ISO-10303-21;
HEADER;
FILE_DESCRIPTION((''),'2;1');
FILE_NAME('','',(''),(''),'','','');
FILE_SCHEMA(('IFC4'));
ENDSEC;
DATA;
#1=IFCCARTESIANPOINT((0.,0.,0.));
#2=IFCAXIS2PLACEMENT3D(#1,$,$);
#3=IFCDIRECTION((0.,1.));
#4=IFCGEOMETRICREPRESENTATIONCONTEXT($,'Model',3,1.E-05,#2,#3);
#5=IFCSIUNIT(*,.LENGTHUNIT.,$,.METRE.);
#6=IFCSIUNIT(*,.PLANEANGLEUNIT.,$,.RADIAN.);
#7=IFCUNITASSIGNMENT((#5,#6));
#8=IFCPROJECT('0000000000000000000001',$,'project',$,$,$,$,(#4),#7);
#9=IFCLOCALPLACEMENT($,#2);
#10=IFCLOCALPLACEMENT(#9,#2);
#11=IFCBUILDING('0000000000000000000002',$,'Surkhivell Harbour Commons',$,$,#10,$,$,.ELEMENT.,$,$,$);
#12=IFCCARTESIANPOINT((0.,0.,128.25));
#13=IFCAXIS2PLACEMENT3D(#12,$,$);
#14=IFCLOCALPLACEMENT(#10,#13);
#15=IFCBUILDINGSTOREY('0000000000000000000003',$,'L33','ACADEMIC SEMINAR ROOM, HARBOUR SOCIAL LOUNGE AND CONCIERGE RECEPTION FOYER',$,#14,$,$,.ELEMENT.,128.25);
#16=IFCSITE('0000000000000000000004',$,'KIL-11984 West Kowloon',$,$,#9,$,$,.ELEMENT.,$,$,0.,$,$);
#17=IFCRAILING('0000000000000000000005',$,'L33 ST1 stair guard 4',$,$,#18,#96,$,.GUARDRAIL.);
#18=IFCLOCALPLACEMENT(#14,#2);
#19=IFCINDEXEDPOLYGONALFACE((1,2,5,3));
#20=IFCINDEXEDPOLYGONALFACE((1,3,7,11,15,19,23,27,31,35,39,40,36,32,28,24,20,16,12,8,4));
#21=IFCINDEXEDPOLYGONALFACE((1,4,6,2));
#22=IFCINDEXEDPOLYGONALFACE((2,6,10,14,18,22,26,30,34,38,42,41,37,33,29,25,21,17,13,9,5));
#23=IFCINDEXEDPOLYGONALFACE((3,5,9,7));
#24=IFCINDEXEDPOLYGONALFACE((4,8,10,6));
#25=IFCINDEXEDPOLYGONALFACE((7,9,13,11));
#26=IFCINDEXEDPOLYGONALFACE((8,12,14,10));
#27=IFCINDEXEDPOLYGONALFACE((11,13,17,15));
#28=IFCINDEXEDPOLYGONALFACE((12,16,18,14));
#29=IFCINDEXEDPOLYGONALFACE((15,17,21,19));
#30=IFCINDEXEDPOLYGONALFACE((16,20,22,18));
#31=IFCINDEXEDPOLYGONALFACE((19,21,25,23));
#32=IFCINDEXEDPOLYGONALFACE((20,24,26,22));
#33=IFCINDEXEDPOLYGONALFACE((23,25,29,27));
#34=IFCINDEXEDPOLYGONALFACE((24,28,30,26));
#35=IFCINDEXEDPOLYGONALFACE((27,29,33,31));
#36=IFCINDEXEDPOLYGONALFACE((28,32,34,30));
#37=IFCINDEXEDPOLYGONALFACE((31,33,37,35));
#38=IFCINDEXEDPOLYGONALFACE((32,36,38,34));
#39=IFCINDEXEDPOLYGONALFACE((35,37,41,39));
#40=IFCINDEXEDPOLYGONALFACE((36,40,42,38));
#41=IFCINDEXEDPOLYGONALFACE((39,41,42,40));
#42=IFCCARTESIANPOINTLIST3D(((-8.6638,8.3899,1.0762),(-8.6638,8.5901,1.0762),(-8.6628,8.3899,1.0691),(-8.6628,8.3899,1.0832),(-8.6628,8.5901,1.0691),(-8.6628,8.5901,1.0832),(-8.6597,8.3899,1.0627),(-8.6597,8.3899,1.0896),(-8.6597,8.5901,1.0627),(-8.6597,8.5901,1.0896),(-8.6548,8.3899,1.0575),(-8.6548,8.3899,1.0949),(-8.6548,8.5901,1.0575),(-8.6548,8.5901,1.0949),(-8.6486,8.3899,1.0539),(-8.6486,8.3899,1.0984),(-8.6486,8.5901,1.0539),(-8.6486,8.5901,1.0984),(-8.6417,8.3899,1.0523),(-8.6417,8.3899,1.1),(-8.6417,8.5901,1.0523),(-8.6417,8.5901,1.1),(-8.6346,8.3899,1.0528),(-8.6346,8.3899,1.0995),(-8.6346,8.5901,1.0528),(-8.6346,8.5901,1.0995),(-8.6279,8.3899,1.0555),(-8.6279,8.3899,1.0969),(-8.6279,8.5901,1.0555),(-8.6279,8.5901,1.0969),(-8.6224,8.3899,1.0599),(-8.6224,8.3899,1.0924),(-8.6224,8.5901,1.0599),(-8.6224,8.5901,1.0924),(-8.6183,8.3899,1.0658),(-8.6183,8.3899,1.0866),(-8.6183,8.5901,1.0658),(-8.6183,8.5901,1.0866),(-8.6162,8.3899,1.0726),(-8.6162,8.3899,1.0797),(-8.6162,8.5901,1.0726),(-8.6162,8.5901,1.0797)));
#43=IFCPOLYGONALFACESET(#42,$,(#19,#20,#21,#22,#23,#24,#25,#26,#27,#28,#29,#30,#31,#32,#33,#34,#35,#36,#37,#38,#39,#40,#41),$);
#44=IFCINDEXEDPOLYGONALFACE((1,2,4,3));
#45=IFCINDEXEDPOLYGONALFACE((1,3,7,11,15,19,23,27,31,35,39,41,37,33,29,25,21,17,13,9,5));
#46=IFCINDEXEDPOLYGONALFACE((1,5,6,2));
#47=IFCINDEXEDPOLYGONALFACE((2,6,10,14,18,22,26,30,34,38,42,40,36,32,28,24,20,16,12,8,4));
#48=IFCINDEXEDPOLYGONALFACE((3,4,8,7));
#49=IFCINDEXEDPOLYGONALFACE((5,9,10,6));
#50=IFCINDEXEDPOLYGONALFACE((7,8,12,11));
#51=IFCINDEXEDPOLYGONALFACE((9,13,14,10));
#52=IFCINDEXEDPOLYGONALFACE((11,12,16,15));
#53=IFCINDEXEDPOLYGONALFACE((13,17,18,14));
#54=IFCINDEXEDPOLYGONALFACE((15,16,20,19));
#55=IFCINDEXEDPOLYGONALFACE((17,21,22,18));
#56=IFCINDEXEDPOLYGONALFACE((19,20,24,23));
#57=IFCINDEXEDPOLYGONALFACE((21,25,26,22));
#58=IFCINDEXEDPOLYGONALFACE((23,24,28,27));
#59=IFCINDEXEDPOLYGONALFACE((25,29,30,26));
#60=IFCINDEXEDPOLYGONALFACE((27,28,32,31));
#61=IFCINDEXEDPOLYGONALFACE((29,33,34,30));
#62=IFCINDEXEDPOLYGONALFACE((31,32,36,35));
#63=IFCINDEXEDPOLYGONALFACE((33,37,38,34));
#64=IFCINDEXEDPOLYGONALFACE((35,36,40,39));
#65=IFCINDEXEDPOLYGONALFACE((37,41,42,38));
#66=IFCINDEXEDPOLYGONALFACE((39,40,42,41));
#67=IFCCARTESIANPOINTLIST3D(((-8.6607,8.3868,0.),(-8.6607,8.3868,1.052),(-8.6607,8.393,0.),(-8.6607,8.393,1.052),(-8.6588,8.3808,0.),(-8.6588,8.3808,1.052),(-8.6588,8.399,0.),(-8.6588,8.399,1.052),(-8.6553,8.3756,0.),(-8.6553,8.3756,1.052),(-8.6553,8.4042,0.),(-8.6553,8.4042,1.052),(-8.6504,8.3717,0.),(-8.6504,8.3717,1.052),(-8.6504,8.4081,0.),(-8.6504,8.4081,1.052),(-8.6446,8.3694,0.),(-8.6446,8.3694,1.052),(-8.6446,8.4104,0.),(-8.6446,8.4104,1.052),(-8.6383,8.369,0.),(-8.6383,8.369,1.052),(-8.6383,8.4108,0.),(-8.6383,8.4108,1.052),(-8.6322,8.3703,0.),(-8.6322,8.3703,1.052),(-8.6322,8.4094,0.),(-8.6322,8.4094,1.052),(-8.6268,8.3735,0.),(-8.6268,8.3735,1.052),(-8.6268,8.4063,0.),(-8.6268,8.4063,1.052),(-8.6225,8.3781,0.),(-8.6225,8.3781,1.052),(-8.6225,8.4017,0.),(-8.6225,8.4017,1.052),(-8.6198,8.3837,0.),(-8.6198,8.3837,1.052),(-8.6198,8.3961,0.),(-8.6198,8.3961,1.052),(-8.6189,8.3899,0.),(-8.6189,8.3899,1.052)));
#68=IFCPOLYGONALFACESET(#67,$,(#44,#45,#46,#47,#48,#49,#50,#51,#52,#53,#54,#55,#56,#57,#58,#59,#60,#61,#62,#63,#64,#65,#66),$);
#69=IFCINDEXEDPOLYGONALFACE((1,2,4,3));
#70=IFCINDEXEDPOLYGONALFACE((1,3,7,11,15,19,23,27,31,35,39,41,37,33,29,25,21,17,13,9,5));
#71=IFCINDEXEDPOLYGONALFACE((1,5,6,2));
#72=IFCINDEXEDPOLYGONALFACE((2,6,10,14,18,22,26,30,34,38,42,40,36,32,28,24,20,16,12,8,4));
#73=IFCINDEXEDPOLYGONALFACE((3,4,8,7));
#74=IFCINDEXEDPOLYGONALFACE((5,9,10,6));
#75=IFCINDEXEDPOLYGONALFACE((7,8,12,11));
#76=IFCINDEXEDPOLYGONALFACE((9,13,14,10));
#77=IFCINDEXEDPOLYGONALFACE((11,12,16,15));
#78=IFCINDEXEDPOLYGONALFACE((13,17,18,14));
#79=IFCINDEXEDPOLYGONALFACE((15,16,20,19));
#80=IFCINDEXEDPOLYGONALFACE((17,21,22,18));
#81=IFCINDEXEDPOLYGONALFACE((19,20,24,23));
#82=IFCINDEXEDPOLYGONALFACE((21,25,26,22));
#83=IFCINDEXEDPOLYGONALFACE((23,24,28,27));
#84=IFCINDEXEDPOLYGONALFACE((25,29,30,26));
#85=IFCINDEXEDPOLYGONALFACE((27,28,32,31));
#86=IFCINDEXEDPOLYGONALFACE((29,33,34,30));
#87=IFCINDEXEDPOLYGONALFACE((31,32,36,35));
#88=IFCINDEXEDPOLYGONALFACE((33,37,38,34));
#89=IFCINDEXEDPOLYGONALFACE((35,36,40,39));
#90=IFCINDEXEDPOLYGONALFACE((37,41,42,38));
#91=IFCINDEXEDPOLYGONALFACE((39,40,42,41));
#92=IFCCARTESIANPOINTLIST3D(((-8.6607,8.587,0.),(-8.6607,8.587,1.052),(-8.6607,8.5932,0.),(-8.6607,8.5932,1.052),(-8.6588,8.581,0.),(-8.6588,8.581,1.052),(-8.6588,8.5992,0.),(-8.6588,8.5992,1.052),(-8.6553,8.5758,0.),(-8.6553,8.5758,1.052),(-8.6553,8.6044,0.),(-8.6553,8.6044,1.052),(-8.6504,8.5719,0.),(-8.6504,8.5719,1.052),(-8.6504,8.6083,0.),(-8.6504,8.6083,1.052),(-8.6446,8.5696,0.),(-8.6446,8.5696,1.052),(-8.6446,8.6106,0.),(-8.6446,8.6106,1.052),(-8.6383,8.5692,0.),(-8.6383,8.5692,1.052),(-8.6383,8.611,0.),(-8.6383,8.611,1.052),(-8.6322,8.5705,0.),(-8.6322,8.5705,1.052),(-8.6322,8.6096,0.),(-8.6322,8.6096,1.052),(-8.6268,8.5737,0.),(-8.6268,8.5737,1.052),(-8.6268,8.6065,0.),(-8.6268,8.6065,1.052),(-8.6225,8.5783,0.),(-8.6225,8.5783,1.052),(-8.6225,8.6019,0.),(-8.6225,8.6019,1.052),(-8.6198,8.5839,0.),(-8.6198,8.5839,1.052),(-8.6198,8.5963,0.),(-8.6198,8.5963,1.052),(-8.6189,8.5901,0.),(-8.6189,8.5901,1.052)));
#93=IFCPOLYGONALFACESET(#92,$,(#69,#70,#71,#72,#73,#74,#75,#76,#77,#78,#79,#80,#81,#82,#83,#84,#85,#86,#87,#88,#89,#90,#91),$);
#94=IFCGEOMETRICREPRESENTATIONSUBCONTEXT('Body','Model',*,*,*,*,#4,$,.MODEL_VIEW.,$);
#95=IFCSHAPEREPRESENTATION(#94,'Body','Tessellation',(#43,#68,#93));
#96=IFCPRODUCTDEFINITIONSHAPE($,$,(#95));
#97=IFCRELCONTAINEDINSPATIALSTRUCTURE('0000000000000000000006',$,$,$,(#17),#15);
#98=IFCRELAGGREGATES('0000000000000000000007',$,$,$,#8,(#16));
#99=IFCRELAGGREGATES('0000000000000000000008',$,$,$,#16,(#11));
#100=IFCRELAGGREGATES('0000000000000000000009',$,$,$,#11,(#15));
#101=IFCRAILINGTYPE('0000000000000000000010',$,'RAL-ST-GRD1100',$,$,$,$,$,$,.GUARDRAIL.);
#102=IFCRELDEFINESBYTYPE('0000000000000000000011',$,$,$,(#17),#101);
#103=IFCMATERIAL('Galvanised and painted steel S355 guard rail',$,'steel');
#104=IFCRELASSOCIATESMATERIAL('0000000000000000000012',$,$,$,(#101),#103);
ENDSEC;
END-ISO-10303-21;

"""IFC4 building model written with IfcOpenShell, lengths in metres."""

from ifc_helpers import new_model, si_unit, direction, frame, origin, origin_2d, place, context, subcontext, project, spatial, circle, extrude, material, type_object, element, save


model = new_model("IFC4")

# Units and contexts
model_context = context("Model", 3, precision=1e-05, world=origin(), true_north=direction((0.0, 1.0)))
body_context = subcontext(model_context, "Body", "Model", "MODEL_VIEW")
ifc_project = project(units=[si_unit("LENGTHUNIT", "METRE"), si_unit("PLANEANGLEUNIT", "RADIAN")], contexts=[model_context])

# Site, building, storey
site_placement = place(None, origin())
site = spatial("IfcSite", under=ifc_project, at=site_placement, Name="KIL-11984 West Kowloon", CompositionType="ELEMENT", RefElevation=0.0)
building_placement = place(site_placement, origin())
building = spatial("IfcBuilding", under=site, at=building_placement, Name="Surkhivell Harbour Commons", CompositionType="ELEMENT")
storey_placement = place(building_placement, frame((0.0, 0.0, 128.25)))
storey = spatial("IfcBuildingStorey", under=building, at=storey_placement, Name="L33", Description="ACADEMIC SEMINAR ROOM, HARBOUR SOCIAL LOUNGE AND CONCIERGE RECEPTION FOYER", CompositionType="ELEMENT", Elevation=128.25)

# Railing
ifc_material_1 = material(Name="Galvanised and painted steel S355 guard rail", Category="steel")
railing_type_1 = type_object("IfcRailingType", Name="RAL-ST-GRD1100", PredefinedType="GUARDRAIL", material=ifc_material_1)
railing_1_placement = place(storey_placement, frame((-8.6399, 8.3899, 0.0)))
element("IfcRailing", 1, at=railing_1_placement, inside=storey, type_object=railing_type_1, Name="L33 ST1 stair guard 4", PredefinedType="GUARDRAIL", context=body_context, shape_type="SweptSolid", body=[
    extrude(circle(Radius=0.0239, at=origin_2d()), frame((0.0, 0.0, 1.0762), z_axis=(0.0, 1.0, 0.0), x_axis=(-1.0, 0.0, 0.0)), (0.0, 0.0, 1.0), 0.2002),
    extrude(circle(Radius=0.021, at=origin_2d()), origin(), (0.0, 0.0, 1.0), 1.052),
    extrude(circle(Radius=0.021, at=origin_2d()), frame((0.0, 0.2002, 0.0)), (0.0, 0.0, 1.0), 1.052),
])

save(model, "model.ifc")
